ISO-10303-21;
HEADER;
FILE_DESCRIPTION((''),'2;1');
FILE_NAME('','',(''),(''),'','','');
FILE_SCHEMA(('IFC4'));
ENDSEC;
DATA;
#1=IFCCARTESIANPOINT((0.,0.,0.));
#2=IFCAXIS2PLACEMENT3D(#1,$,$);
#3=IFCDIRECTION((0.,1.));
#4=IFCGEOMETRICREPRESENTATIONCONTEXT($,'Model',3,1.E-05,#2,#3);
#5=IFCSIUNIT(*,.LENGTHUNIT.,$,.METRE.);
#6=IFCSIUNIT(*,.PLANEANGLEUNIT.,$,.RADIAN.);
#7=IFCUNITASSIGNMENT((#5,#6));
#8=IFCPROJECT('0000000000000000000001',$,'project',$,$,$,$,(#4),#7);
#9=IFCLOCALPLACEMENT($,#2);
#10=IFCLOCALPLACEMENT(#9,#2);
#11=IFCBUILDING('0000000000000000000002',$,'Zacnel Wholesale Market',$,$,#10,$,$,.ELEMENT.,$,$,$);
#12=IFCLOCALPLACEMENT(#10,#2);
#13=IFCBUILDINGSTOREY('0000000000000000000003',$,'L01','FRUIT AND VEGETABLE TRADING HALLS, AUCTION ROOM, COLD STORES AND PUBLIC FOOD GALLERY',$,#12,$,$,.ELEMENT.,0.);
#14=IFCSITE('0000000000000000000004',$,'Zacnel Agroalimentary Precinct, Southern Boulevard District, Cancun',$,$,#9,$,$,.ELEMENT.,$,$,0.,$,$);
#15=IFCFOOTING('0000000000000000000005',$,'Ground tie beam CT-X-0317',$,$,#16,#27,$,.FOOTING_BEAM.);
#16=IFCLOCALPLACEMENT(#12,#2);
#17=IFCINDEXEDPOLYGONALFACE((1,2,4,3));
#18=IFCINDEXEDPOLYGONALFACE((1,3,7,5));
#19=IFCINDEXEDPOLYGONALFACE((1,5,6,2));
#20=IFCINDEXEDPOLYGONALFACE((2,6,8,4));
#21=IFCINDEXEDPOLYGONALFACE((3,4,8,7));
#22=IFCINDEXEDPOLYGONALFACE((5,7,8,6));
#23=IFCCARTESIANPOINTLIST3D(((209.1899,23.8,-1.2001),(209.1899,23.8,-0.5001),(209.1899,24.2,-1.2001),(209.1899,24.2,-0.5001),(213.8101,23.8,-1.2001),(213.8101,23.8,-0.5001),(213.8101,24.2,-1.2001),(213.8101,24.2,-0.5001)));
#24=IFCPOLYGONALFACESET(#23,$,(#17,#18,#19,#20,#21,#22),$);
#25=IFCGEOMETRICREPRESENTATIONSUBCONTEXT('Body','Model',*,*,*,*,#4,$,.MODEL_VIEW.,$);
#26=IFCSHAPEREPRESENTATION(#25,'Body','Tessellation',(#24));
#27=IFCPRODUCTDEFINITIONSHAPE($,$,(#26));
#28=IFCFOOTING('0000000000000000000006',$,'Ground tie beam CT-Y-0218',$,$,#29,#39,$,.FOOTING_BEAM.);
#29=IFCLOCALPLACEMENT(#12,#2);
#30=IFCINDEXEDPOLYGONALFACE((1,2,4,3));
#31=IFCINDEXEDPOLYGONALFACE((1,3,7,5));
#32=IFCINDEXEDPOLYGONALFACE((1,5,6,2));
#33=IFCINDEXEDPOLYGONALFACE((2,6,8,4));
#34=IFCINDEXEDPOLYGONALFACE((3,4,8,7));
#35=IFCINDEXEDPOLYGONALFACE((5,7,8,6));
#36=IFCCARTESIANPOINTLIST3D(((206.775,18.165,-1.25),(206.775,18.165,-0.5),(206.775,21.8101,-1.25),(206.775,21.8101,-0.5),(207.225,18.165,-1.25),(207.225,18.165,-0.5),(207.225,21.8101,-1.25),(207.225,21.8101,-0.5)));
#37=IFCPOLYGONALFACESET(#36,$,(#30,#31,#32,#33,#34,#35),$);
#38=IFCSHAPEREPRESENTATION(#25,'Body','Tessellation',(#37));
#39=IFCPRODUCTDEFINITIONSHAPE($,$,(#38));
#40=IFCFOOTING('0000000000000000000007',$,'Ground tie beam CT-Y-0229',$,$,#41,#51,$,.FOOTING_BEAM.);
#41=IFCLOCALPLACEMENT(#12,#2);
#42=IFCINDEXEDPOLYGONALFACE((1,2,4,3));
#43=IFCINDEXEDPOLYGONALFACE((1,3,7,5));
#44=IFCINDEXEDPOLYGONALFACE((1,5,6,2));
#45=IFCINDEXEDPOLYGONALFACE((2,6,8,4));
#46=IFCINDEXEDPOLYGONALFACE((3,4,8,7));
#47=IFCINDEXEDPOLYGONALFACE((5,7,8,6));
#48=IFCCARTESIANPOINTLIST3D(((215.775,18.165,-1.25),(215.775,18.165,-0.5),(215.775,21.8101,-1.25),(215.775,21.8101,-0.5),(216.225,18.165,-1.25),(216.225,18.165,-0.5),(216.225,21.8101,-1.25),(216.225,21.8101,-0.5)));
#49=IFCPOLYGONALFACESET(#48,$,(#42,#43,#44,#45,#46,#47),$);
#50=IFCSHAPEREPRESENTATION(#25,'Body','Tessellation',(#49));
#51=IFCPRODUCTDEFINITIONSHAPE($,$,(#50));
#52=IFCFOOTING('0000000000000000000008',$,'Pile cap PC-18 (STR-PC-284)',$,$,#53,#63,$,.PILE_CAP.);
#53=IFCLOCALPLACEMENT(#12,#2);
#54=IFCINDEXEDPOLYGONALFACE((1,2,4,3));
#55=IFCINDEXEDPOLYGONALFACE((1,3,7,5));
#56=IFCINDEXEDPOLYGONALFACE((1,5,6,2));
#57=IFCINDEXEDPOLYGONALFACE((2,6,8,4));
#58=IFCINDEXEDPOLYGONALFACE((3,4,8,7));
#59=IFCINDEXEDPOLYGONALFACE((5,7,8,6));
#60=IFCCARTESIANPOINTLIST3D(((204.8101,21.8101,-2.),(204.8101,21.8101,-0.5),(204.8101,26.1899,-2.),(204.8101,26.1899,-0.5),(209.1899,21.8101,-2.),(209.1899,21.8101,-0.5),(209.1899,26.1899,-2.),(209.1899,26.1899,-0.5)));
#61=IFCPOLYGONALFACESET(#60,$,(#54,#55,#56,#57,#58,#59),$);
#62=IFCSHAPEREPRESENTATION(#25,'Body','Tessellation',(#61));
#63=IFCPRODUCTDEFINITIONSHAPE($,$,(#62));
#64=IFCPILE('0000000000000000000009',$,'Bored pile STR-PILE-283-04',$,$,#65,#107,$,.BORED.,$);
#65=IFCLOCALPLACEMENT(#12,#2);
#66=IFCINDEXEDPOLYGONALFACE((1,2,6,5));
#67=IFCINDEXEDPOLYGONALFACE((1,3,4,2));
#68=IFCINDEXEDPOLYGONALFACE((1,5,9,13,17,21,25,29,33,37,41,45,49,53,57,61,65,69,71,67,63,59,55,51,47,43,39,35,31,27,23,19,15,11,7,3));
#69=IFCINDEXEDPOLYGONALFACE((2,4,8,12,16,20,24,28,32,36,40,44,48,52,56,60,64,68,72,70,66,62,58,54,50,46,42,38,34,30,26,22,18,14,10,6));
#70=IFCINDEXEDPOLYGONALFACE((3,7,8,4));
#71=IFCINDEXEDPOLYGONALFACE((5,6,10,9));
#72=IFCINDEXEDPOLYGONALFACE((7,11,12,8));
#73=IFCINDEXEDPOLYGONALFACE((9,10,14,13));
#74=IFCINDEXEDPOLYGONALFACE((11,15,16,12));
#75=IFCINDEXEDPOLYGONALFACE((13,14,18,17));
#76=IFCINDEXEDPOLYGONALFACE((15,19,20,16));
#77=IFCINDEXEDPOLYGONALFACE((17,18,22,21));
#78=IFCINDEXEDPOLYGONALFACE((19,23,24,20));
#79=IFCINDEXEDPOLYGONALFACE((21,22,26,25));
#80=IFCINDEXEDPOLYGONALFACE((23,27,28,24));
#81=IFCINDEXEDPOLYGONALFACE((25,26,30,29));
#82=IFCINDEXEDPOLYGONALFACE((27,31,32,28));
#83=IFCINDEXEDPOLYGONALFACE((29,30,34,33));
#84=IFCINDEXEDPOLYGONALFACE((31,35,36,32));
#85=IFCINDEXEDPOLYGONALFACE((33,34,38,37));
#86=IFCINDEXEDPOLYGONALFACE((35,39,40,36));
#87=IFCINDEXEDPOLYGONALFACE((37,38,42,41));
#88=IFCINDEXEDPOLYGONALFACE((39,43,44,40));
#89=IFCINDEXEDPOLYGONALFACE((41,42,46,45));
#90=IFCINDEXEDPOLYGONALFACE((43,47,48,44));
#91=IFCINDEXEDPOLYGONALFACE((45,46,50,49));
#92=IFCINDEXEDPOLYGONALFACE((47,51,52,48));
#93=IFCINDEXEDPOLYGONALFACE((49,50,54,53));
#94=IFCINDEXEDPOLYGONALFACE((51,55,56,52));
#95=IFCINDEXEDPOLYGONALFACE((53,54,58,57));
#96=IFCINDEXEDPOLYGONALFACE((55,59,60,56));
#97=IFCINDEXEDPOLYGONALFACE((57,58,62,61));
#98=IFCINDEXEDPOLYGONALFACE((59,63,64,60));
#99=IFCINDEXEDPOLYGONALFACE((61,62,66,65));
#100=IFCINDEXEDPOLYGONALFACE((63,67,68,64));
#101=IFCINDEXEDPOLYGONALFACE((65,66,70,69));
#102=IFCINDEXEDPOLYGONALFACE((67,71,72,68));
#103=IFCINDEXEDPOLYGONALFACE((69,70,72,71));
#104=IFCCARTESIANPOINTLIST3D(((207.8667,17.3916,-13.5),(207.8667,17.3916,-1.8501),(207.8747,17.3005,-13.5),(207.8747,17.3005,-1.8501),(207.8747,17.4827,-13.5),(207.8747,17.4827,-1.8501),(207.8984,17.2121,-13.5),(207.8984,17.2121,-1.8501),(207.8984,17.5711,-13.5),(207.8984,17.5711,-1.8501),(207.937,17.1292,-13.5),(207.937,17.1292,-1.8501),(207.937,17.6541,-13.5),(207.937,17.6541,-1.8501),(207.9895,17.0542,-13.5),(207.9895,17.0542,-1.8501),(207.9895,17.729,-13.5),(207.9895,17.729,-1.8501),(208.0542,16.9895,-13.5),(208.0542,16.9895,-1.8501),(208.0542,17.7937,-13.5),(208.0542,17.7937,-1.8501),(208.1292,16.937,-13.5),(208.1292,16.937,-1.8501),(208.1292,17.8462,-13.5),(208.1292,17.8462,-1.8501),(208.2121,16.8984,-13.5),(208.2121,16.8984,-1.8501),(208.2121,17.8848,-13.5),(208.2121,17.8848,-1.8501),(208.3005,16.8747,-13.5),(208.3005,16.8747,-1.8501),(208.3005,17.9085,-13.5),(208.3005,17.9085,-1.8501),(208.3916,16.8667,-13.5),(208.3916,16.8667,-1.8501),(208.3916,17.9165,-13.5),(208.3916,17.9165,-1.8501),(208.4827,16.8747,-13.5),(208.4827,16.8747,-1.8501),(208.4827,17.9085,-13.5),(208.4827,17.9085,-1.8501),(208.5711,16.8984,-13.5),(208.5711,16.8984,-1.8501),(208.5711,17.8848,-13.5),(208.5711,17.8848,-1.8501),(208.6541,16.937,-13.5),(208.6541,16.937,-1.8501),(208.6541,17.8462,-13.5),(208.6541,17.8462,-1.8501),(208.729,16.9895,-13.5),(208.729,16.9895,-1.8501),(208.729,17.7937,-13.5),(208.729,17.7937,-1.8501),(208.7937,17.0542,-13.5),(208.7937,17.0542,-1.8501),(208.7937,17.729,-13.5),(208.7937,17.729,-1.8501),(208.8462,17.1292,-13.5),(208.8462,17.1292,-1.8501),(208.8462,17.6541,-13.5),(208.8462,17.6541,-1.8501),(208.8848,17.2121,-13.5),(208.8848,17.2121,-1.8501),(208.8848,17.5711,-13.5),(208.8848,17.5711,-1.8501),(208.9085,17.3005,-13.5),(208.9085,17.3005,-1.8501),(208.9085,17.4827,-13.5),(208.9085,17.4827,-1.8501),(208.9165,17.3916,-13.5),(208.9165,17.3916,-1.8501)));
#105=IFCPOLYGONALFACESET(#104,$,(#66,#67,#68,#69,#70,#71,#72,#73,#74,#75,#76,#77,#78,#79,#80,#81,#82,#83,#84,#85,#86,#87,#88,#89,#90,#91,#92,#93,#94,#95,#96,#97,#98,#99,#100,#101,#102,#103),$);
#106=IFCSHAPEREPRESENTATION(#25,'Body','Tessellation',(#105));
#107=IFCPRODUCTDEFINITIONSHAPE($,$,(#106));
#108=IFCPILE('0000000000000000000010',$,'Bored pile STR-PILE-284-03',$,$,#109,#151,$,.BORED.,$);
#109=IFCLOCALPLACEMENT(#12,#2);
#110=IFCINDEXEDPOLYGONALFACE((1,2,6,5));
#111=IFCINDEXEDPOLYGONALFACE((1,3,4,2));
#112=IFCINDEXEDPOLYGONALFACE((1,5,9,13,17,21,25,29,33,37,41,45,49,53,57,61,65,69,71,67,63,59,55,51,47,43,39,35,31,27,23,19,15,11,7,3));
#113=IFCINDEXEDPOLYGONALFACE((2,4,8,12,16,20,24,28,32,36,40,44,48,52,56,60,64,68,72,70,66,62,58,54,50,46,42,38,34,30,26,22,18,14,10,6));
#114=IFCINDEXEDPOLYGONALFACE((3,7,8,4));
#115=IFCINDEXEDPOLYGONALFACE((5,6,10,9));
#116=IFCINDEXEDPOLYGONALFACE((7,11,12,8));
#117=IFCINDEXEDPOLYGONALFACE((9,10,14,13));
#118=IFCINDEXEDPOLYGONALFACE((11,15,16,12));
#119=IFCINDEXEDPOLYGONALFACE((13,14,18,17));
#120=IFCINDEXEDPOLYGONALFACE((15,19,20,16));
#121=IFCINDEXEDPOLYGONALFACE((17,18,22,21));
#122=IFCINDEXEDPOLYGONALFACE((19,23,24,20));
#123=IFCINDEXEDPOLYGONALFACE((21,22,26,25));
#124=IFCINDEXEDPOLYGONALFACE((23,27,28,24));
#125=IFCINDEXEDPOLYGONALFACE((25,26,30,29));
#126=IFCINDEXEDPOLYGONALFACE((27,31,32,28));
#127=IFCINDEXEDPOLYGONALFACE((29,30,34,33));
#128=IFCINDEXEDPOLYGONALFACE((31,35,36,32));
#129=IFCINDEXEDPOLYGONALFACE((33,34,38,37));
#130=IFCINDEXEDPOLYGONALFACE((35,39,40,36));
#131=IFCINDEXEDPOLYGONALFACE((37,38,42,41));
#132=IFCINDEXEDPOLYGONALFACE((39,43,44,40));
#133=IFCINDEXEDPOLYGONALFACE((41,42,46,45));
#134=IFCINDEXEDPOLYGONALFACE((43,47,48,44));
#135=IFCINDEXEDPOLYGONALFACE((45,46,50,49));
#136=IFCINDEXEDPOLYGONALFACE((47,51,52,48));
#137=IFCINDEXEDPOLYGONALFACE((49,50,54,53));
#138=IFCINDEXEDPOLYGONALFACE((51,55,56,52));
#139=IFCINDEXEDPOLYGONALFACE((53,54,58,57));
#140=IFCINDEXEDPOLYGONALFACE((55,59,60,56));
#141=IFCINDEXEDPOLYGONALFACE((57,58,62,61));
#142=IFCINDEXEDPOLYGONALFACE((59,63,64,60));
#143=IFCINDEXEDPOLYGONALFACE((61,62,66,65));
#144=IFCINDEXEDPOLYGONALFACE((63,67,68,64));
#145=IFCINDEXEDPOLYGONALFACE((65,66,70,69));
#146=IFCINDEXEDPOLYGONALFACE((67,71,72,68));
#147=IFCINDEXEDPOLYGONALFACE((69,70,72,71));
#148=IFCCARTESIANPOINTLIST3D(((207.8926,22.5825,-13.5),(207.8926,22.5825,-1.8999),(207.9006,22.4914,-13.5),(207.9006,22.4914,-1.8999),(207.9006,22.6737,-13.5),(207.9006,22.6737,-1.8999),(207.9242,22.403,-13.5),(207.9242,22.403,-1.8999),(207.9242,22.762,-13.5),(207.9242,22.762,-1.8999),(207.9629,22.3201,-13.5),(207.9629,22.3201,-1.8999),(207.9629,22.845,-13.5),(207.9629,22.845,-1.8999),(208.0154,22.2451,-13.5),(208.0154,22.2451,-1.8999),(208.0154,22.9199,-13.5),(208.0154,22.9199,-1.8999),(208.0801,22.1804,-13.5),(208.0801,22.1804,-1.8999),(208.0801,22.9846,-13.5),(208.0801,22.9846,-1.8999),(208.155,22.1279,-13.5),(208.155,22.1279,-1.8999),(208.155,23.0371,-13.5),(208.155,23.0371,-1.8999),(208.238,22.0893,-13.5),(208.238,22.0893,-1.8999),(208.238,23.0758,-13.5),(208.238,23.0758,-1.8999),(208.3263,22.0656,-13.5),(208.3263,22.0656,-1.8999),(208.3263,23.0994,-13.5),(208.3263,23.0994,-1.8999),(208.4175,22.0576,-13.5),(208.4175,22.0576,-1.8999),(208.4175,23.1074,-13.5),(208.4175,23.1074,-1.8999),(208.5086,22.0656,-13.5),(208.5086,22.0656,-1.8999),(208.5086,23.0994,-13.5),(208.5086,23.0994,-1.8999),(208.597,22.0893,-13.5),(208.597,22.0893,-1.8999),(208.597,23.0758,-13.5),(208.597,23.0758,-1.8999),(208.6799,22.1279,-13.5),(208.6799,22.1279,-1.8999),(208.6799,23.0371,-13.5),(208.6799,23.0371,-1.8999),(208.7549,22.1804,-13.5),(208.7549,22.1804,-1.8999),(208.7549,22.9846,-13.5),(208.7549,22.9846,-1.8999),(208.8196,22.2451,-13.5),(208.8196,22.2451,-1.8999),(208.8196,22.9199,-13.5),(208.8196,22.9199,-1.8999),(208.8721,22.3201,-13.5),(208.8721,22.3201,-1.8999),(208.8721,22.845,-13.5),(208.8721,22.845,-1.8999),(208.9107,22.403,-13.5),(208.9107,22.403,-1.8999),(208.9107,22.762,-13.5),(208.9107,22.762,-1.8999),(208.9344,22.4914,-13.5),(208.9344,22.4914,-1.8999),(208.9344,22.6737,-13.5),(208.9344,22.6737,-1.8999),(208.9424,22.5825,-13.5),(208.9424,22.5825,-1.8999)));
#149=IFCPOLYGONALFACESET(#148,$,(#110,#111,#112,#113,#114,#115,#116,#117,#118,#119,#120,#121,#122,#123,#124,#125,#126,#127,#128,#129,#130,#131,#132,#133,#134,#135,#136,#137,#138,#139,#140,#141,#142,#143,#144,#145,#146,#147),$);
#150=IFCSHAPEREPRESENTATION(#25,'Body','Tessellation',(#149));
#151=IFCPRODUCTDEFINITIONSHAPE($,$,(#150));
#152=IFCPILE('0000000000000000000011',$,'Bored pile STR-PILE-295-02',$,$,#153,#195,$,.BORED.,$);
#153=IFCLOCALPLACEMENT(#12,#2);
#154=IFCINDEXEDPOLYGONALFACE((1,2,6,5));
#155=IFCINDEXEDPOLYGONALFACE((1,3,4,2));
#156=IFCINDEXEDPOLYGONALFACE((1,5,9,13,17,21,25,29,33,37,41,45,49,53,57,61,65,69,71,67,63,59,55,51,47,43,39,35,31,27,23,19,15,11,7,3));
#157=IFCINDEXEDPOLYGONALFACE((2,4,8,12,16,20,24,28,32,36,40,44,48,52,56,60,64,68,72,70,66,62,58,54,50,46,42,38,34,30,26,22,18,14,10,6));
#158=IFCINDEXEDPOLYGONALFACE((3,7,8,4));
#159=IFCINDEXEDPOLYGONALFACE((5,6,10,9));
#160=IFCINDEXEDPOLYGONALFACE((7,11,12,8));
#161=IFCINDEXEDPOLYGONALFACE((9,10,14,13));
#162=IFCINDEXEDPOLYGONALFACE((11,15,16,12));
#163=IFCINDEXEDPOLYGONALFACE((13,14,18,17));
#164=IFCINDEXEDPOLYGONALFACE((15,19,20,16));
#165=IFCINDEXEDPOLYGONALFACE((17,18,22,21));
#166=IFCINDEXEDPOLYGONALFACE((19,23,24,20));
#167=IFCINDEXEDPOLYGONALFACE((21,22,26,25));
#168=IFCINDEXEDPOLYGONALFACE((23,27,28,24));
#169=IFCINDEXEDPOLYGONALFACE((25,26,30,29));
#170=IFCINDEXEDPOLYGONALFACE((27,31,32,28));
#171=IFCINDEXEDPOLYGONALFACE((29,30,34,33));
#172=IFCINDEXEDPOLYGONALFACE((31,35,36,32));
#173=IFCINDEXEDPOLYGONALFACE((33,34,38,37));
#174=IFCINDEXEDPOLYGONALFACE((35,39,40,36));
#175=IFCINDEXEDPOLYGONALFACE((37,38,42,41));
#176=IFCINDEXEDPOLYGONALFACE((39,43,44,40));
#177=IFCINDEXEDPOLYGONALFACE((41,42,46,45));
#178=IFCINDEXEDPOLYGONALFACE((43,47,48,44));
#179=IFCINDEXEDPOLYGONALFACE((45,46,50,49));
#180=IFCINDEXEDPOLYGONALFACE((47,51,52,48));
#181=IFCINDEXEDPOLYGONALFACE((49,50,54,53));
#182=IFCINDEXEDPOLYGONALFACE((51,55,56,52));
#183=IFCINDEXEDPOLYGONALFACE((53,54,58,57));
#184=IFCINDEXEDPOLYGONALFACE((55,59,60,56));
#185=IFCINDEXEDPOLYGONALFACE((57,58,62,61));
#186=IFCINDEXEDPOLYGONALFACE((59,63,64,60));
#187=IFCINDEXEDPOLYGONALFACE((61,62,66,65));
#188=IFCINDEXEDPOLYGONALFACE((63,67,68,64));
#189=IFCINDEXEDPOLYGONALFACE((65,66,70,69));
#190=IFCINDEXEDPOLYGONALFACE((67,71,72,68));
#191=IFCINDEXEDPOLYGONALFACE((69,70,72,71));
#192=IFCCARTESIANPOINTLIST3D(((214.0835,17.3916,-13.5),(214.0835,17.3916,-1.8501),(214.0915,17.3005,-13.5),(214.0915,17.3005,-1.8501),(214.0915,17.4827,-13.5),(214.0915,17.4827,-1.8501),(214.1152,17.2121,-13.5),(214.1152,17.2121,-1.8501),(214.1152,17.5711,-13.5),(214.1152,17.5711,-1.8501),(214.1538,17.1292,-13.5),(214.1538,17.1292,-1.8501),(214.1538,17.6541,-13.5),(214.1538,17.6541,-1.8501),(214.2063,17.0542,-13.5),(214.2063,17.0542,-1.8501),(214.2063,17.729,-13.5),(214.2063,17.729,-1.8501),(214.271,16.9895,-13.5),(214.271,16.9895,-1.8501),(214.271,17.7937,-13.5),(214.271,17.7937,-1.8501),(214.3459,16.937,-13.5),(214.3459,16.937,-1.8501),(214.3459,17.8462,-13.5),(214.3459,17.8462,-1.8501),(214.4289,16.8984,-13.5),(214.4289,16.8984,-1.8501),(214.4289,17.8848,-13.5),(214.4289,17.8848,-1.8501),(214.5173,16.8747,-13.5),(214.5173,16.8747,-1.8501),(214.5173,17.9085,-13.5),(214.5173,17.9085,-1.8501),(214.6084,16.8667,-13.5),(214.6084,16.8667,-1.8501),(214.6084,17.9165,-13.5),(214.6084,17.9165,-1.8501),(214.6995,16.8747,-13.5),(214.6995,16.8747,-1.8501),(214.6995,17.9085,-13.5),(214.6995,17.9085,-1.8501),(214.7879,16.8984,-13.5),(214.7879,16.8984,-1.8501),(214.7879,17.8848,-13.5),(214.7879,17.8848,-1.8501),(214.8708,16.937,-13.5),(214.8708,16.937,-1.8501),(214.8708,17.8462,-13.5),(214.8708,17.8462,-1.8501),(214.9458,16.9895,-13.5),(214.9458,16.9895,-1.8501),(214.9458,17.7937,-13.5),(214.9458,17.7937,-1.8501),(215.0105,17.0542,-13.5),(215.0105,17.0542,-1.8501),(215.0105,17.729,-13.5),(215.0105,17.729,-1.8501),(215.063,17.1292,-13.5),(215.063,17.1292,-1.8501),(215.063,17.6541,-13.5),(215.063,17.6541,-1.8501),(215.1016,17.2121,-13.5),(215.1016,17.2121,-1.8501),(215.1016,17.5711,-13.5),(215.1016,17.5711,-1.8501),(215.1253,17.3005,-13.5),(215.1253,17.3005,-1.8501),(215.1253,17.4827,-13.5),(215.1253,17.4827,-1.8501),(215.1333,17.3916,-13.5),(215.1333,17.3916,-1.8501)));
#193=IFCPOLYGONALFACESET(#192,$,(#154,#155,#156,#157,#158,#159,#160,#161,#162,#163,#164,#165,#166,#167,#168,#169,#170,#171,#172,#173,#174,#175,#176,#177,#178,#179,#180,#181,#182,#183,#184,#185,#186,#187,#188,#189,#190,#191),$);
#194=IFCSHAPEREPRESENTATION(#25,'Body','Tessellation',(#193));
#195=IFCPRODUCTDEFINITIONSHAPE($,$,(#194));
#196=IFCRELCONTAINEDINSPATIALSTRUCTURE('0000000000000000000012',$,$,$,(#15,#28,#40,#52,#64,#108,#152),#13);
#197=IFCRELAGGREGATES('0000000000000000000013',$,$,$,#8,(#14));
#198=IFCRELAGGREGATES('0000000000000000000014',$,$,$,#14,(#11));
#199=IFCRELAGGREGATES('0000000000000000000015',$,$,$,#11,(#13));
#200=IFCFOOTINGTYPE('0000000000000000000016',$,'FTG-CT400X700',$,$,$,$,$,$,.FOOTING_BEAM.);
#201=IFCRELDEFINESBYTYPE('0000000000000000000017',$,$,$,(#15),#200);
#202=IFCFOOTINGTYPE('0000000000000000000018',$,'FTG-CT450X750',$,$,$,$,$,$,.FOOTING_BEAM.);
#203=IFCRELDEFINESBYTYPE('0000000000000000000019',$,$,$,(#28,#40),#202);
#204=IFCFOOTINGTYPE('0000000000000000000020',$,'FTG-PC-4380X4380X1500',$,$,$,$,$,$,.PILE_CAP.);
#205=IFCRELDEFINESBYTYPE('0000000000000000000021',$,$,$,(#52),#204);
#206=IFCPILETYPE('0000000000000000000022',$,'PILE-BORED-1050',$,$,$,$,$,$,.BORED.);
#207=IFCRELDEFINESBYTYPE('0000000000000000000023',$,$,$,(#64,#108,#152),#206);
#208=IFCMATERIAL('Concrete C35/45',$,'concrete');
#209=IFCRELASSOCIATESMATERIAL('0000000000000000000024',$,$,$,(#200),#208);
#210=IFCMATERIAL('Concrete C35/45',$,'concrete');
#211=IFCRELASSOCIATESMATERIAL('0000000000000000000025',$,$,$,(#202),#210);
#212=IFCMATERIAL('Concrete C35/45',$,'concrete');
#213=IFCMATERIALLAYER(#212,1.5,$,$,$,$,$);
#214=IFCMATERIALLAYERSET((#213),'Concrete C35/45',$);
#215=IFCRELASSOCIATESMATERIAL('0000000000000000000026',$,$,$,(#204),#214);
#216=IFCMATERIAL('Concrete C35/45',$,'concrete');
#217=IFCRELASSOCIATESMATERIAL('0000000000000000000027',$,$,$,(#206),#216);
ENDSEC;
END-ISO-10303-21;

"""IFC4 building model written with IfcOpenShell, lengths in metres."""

from ifc_helpers import new_model, si_unit, direction, frame, origin, origin_2d, place, context, subcontext, project, spatial, rectangle, circle, extrude, material, layer, layer_set, material_profile, profile_set, type_object, element, save


model = new_model("IFC4")

# Units and contexts
model_context = context("Model", 3, precision=1e-05, world=origin(), true_north=direction((0.0, 1.0)))
body_context = subcontext(model_context, "Body", "Model", "MODEL_VIEW")
ifc_project = project(units=[si_unit("LENGTHUNIT", "METRE"), si_unit("PLANEANGLEUNIT", "RADIAN")], contexts=[model_context])

# Site, building, storey
site_placement = place(None, origin())
site = spatial("IfcSite", under=ifc_project, at=site_placement, Name="Zacnel Agroalimentary Precinct, Southern Boulevard District, Cancun", CompositionType="ELEMENT", RefElevation=0.0)
building_placement = place(site_placement, origin())
building = spatial("IfcBuilding", under=site, at=building_placement, Name="Zacnel Wholesale Market", CompositionType="ELEMENT")
storey_placement = place(building_placement, origin())
storey = spatial("IfcBuildingStorey", under=building, at=storey_placement, Name="L01", Description="FRUIT AND VEGETABLE TRADING HALLS, AUCTION ROOM, COLD STORES AND PUBLIC FOOD GALLERY", CompositionType="ELEMENT", Elevation=0.0)

# Footings
ifc_material_1 = material(Name="Concrete C35/45", Category="concrete")
ifc_material_profile_1 = material_profile(ifc_material_1, rectangle(XDim=0.3999, YDim=0.7, at=origin_2d()), Name="CT 400x700")
ifc_profile_set_1 = profile_set([ifc_material_profile_1], Name="Concrete C35/45")
footing_type_1 = type_object("IfcFootingType", Name="FTG-CT400X700", PredefinedType="FOOTING_BEAM", material=ifc_profile_set_1)
footing_1_placement = place(storey_placement, frame((209.1899, 24.0, -0.8501), z_axis=(1.0, 0.0, 0.0), x_axis=(0.0, 1.0, 0.0)))
element("IfcFooting", 1, at=footing_1_placement, inside=storey, type_object=footing_type_1, Name="Ground tie beam CT-X-0317", PredefinedType="FOOTING_BEAM", context=body_context, shape_type="SweptSolid", body=[
    extrude(rectangle(XDim=0.3999, YDim=0.7, at=origin_2d()), origin(), (0.0, 0.0, 1.0), 4.6201),
])
ifc_material_2 = material(Name="Concrete C35/45", Category="concrete")
ifc_material_profile_2 = material_profile(ifc_material_2, rectangle(XDim=0.45, YDim=0.75, at=origin_2d()), Name="CT 450x750")
ifc_profile_set_2 = profile_set([ifc_material_profile_2], Name="Concrete C35/45")
footing_type_2 = type_object("IfcFootingType", Name="FTG-CT450X750", PredefinedType="FOOTING_BEAM", material=ifc_profile_set_2)
for number, where, z_axis, x_axis, name in (
    (2, (207.0, 18.165, -0.875), (0.0, 1.0, 0.0), (-1.0, 0.0, 0.0), "Ground tie beam CT-Y-0218"),
    (3, (216.0, 18.165, -0.875), (0.0, 1.0, 0.0), (-1.0, 0.0, 0.0), "Ground tie beam CT-Y-0229"),
):
    element("IfcFooting", number, at=place(storey_placement, frame(where, z_axis=z_axis, x_axis=x_axis)), inside=storey, type_object=footing_type_2, Name=name, PredefinedType="FOOTING_BEAM", context=body_context, shape_type="SweptSolid", body=[
        extrude(rectangle(XDim=0.45, YDim=0.75, at=origin_2d()), origin(), (0.0, 0.0, 1.0), 3.645),
    ])
ifc_material_3 = material(Name="Concrete C35/45", Category="concrete")
ifc_layer_1 = layer(ifc_material_3, 1.5)
ifc_layer_set_1 = layer_set([ifc_layer_1], Name="Concrete C35/45")
footing_type_3 = type_object("IfcFootingType", Name="FTG-PC-4380X4380X1500", PredefinedType="PILE_CAP", material=ifc_layer_set_1)
footing_2_placement = place(storey_placement, frame((207.0, 24.0, -2.0), z_axis=(0.0, 0.0, 1.0), x_axis=(1.0, 0.0, 0.0)))
element("IfcFooting", 4, at=footing_2_placement, inside=storey, type_object=footing_type_3, Name="Pile cap PC-18 (STR-PC-284)", PredefinedType="PILE_CAP", context=body_context, shape_type="SweptSolid", body=[
    extrude(rectangle(XDim=4.3799, YDim=4.3799, at=origin_2d()), origin(), (0.0, 0.0, 1.0), 1.5),
])

# Piles
ifc_material_4 = material(Name="Concrete C35/45", Category="concrete")
ifc_material_profile_3 = material_profile(ifc_material_4, circle(Radius=0.5249, at=origin_2d()), Name="BORED PILE D1050")
ifc_profile_set_3 = profile_set([ifc_material_profile_3], Name="Concrete C35/45")
pile_type = type_object("IfcPileType", Name="PILE-BORED-1050", PredefinedType="BORED", material=ifc_profile_set_3)
pile_1_placement = place(storey_placement, frame((208.3916, 17.3916, -1.8501), z_axis=(0.0, 0.0, -1.0), x_axis=(1.0, 0.0, 0.0)))
element("IfcPile", 5, at=pile_1_placement, inside=storey, type_object=pile_type, Name="Bored pile STR-PILE-283-04", PredefinedType="BORED", context=body_context, shape_type="SweptSolid", body=[
    extrude(circle(Radius=0.5249, at=origin_2d()), origin(), (0.0, 0.0, 1.0), 11.6499),
])
pile_2_placement = place(storey_placement, frame((208.4175, 22.5825, -1.8999), z_axis=(0.0, 0.0, -1.0), x_axis=(1.0, 0.0, 0.0)))
element("IfcPile", 6, at=pile_2_placement, inside=storey, type_object=pile_type, Name="Bored pile STR-PILE-284-03", PredefinedType="BORED", context=body_context, shape_type="SweptSolid", body=[
    extrude(circle(Radius=0.5249, at=origin_2d()), origin(), (0.0, 0.0, 1.0), 11.6001),
])
for number, where, z_axis, x_axis, name in (
    (7, (214.6084, 17.3916, -1.8501), (0.0, 0.0, -1.0), (1.0, 0.0, 0.0), "Bored pile STR-PILE-295-02"),
):
    element("IfcPile", number, at=place(storey_placement, frame(where, z_axis=z_axis, x_axis=x_axis)), inside=storey, type_object=pile_type, Name=name, PredefinedType="BORED", context=body_context, shape_type="SweptSolid", body=[
        extrude(circle(Radius=0.5249, at=origin_2d()), origin(), (0.0, 0.0, 1.0), 11.6499),
    ])

save(model, "model.ifc")
